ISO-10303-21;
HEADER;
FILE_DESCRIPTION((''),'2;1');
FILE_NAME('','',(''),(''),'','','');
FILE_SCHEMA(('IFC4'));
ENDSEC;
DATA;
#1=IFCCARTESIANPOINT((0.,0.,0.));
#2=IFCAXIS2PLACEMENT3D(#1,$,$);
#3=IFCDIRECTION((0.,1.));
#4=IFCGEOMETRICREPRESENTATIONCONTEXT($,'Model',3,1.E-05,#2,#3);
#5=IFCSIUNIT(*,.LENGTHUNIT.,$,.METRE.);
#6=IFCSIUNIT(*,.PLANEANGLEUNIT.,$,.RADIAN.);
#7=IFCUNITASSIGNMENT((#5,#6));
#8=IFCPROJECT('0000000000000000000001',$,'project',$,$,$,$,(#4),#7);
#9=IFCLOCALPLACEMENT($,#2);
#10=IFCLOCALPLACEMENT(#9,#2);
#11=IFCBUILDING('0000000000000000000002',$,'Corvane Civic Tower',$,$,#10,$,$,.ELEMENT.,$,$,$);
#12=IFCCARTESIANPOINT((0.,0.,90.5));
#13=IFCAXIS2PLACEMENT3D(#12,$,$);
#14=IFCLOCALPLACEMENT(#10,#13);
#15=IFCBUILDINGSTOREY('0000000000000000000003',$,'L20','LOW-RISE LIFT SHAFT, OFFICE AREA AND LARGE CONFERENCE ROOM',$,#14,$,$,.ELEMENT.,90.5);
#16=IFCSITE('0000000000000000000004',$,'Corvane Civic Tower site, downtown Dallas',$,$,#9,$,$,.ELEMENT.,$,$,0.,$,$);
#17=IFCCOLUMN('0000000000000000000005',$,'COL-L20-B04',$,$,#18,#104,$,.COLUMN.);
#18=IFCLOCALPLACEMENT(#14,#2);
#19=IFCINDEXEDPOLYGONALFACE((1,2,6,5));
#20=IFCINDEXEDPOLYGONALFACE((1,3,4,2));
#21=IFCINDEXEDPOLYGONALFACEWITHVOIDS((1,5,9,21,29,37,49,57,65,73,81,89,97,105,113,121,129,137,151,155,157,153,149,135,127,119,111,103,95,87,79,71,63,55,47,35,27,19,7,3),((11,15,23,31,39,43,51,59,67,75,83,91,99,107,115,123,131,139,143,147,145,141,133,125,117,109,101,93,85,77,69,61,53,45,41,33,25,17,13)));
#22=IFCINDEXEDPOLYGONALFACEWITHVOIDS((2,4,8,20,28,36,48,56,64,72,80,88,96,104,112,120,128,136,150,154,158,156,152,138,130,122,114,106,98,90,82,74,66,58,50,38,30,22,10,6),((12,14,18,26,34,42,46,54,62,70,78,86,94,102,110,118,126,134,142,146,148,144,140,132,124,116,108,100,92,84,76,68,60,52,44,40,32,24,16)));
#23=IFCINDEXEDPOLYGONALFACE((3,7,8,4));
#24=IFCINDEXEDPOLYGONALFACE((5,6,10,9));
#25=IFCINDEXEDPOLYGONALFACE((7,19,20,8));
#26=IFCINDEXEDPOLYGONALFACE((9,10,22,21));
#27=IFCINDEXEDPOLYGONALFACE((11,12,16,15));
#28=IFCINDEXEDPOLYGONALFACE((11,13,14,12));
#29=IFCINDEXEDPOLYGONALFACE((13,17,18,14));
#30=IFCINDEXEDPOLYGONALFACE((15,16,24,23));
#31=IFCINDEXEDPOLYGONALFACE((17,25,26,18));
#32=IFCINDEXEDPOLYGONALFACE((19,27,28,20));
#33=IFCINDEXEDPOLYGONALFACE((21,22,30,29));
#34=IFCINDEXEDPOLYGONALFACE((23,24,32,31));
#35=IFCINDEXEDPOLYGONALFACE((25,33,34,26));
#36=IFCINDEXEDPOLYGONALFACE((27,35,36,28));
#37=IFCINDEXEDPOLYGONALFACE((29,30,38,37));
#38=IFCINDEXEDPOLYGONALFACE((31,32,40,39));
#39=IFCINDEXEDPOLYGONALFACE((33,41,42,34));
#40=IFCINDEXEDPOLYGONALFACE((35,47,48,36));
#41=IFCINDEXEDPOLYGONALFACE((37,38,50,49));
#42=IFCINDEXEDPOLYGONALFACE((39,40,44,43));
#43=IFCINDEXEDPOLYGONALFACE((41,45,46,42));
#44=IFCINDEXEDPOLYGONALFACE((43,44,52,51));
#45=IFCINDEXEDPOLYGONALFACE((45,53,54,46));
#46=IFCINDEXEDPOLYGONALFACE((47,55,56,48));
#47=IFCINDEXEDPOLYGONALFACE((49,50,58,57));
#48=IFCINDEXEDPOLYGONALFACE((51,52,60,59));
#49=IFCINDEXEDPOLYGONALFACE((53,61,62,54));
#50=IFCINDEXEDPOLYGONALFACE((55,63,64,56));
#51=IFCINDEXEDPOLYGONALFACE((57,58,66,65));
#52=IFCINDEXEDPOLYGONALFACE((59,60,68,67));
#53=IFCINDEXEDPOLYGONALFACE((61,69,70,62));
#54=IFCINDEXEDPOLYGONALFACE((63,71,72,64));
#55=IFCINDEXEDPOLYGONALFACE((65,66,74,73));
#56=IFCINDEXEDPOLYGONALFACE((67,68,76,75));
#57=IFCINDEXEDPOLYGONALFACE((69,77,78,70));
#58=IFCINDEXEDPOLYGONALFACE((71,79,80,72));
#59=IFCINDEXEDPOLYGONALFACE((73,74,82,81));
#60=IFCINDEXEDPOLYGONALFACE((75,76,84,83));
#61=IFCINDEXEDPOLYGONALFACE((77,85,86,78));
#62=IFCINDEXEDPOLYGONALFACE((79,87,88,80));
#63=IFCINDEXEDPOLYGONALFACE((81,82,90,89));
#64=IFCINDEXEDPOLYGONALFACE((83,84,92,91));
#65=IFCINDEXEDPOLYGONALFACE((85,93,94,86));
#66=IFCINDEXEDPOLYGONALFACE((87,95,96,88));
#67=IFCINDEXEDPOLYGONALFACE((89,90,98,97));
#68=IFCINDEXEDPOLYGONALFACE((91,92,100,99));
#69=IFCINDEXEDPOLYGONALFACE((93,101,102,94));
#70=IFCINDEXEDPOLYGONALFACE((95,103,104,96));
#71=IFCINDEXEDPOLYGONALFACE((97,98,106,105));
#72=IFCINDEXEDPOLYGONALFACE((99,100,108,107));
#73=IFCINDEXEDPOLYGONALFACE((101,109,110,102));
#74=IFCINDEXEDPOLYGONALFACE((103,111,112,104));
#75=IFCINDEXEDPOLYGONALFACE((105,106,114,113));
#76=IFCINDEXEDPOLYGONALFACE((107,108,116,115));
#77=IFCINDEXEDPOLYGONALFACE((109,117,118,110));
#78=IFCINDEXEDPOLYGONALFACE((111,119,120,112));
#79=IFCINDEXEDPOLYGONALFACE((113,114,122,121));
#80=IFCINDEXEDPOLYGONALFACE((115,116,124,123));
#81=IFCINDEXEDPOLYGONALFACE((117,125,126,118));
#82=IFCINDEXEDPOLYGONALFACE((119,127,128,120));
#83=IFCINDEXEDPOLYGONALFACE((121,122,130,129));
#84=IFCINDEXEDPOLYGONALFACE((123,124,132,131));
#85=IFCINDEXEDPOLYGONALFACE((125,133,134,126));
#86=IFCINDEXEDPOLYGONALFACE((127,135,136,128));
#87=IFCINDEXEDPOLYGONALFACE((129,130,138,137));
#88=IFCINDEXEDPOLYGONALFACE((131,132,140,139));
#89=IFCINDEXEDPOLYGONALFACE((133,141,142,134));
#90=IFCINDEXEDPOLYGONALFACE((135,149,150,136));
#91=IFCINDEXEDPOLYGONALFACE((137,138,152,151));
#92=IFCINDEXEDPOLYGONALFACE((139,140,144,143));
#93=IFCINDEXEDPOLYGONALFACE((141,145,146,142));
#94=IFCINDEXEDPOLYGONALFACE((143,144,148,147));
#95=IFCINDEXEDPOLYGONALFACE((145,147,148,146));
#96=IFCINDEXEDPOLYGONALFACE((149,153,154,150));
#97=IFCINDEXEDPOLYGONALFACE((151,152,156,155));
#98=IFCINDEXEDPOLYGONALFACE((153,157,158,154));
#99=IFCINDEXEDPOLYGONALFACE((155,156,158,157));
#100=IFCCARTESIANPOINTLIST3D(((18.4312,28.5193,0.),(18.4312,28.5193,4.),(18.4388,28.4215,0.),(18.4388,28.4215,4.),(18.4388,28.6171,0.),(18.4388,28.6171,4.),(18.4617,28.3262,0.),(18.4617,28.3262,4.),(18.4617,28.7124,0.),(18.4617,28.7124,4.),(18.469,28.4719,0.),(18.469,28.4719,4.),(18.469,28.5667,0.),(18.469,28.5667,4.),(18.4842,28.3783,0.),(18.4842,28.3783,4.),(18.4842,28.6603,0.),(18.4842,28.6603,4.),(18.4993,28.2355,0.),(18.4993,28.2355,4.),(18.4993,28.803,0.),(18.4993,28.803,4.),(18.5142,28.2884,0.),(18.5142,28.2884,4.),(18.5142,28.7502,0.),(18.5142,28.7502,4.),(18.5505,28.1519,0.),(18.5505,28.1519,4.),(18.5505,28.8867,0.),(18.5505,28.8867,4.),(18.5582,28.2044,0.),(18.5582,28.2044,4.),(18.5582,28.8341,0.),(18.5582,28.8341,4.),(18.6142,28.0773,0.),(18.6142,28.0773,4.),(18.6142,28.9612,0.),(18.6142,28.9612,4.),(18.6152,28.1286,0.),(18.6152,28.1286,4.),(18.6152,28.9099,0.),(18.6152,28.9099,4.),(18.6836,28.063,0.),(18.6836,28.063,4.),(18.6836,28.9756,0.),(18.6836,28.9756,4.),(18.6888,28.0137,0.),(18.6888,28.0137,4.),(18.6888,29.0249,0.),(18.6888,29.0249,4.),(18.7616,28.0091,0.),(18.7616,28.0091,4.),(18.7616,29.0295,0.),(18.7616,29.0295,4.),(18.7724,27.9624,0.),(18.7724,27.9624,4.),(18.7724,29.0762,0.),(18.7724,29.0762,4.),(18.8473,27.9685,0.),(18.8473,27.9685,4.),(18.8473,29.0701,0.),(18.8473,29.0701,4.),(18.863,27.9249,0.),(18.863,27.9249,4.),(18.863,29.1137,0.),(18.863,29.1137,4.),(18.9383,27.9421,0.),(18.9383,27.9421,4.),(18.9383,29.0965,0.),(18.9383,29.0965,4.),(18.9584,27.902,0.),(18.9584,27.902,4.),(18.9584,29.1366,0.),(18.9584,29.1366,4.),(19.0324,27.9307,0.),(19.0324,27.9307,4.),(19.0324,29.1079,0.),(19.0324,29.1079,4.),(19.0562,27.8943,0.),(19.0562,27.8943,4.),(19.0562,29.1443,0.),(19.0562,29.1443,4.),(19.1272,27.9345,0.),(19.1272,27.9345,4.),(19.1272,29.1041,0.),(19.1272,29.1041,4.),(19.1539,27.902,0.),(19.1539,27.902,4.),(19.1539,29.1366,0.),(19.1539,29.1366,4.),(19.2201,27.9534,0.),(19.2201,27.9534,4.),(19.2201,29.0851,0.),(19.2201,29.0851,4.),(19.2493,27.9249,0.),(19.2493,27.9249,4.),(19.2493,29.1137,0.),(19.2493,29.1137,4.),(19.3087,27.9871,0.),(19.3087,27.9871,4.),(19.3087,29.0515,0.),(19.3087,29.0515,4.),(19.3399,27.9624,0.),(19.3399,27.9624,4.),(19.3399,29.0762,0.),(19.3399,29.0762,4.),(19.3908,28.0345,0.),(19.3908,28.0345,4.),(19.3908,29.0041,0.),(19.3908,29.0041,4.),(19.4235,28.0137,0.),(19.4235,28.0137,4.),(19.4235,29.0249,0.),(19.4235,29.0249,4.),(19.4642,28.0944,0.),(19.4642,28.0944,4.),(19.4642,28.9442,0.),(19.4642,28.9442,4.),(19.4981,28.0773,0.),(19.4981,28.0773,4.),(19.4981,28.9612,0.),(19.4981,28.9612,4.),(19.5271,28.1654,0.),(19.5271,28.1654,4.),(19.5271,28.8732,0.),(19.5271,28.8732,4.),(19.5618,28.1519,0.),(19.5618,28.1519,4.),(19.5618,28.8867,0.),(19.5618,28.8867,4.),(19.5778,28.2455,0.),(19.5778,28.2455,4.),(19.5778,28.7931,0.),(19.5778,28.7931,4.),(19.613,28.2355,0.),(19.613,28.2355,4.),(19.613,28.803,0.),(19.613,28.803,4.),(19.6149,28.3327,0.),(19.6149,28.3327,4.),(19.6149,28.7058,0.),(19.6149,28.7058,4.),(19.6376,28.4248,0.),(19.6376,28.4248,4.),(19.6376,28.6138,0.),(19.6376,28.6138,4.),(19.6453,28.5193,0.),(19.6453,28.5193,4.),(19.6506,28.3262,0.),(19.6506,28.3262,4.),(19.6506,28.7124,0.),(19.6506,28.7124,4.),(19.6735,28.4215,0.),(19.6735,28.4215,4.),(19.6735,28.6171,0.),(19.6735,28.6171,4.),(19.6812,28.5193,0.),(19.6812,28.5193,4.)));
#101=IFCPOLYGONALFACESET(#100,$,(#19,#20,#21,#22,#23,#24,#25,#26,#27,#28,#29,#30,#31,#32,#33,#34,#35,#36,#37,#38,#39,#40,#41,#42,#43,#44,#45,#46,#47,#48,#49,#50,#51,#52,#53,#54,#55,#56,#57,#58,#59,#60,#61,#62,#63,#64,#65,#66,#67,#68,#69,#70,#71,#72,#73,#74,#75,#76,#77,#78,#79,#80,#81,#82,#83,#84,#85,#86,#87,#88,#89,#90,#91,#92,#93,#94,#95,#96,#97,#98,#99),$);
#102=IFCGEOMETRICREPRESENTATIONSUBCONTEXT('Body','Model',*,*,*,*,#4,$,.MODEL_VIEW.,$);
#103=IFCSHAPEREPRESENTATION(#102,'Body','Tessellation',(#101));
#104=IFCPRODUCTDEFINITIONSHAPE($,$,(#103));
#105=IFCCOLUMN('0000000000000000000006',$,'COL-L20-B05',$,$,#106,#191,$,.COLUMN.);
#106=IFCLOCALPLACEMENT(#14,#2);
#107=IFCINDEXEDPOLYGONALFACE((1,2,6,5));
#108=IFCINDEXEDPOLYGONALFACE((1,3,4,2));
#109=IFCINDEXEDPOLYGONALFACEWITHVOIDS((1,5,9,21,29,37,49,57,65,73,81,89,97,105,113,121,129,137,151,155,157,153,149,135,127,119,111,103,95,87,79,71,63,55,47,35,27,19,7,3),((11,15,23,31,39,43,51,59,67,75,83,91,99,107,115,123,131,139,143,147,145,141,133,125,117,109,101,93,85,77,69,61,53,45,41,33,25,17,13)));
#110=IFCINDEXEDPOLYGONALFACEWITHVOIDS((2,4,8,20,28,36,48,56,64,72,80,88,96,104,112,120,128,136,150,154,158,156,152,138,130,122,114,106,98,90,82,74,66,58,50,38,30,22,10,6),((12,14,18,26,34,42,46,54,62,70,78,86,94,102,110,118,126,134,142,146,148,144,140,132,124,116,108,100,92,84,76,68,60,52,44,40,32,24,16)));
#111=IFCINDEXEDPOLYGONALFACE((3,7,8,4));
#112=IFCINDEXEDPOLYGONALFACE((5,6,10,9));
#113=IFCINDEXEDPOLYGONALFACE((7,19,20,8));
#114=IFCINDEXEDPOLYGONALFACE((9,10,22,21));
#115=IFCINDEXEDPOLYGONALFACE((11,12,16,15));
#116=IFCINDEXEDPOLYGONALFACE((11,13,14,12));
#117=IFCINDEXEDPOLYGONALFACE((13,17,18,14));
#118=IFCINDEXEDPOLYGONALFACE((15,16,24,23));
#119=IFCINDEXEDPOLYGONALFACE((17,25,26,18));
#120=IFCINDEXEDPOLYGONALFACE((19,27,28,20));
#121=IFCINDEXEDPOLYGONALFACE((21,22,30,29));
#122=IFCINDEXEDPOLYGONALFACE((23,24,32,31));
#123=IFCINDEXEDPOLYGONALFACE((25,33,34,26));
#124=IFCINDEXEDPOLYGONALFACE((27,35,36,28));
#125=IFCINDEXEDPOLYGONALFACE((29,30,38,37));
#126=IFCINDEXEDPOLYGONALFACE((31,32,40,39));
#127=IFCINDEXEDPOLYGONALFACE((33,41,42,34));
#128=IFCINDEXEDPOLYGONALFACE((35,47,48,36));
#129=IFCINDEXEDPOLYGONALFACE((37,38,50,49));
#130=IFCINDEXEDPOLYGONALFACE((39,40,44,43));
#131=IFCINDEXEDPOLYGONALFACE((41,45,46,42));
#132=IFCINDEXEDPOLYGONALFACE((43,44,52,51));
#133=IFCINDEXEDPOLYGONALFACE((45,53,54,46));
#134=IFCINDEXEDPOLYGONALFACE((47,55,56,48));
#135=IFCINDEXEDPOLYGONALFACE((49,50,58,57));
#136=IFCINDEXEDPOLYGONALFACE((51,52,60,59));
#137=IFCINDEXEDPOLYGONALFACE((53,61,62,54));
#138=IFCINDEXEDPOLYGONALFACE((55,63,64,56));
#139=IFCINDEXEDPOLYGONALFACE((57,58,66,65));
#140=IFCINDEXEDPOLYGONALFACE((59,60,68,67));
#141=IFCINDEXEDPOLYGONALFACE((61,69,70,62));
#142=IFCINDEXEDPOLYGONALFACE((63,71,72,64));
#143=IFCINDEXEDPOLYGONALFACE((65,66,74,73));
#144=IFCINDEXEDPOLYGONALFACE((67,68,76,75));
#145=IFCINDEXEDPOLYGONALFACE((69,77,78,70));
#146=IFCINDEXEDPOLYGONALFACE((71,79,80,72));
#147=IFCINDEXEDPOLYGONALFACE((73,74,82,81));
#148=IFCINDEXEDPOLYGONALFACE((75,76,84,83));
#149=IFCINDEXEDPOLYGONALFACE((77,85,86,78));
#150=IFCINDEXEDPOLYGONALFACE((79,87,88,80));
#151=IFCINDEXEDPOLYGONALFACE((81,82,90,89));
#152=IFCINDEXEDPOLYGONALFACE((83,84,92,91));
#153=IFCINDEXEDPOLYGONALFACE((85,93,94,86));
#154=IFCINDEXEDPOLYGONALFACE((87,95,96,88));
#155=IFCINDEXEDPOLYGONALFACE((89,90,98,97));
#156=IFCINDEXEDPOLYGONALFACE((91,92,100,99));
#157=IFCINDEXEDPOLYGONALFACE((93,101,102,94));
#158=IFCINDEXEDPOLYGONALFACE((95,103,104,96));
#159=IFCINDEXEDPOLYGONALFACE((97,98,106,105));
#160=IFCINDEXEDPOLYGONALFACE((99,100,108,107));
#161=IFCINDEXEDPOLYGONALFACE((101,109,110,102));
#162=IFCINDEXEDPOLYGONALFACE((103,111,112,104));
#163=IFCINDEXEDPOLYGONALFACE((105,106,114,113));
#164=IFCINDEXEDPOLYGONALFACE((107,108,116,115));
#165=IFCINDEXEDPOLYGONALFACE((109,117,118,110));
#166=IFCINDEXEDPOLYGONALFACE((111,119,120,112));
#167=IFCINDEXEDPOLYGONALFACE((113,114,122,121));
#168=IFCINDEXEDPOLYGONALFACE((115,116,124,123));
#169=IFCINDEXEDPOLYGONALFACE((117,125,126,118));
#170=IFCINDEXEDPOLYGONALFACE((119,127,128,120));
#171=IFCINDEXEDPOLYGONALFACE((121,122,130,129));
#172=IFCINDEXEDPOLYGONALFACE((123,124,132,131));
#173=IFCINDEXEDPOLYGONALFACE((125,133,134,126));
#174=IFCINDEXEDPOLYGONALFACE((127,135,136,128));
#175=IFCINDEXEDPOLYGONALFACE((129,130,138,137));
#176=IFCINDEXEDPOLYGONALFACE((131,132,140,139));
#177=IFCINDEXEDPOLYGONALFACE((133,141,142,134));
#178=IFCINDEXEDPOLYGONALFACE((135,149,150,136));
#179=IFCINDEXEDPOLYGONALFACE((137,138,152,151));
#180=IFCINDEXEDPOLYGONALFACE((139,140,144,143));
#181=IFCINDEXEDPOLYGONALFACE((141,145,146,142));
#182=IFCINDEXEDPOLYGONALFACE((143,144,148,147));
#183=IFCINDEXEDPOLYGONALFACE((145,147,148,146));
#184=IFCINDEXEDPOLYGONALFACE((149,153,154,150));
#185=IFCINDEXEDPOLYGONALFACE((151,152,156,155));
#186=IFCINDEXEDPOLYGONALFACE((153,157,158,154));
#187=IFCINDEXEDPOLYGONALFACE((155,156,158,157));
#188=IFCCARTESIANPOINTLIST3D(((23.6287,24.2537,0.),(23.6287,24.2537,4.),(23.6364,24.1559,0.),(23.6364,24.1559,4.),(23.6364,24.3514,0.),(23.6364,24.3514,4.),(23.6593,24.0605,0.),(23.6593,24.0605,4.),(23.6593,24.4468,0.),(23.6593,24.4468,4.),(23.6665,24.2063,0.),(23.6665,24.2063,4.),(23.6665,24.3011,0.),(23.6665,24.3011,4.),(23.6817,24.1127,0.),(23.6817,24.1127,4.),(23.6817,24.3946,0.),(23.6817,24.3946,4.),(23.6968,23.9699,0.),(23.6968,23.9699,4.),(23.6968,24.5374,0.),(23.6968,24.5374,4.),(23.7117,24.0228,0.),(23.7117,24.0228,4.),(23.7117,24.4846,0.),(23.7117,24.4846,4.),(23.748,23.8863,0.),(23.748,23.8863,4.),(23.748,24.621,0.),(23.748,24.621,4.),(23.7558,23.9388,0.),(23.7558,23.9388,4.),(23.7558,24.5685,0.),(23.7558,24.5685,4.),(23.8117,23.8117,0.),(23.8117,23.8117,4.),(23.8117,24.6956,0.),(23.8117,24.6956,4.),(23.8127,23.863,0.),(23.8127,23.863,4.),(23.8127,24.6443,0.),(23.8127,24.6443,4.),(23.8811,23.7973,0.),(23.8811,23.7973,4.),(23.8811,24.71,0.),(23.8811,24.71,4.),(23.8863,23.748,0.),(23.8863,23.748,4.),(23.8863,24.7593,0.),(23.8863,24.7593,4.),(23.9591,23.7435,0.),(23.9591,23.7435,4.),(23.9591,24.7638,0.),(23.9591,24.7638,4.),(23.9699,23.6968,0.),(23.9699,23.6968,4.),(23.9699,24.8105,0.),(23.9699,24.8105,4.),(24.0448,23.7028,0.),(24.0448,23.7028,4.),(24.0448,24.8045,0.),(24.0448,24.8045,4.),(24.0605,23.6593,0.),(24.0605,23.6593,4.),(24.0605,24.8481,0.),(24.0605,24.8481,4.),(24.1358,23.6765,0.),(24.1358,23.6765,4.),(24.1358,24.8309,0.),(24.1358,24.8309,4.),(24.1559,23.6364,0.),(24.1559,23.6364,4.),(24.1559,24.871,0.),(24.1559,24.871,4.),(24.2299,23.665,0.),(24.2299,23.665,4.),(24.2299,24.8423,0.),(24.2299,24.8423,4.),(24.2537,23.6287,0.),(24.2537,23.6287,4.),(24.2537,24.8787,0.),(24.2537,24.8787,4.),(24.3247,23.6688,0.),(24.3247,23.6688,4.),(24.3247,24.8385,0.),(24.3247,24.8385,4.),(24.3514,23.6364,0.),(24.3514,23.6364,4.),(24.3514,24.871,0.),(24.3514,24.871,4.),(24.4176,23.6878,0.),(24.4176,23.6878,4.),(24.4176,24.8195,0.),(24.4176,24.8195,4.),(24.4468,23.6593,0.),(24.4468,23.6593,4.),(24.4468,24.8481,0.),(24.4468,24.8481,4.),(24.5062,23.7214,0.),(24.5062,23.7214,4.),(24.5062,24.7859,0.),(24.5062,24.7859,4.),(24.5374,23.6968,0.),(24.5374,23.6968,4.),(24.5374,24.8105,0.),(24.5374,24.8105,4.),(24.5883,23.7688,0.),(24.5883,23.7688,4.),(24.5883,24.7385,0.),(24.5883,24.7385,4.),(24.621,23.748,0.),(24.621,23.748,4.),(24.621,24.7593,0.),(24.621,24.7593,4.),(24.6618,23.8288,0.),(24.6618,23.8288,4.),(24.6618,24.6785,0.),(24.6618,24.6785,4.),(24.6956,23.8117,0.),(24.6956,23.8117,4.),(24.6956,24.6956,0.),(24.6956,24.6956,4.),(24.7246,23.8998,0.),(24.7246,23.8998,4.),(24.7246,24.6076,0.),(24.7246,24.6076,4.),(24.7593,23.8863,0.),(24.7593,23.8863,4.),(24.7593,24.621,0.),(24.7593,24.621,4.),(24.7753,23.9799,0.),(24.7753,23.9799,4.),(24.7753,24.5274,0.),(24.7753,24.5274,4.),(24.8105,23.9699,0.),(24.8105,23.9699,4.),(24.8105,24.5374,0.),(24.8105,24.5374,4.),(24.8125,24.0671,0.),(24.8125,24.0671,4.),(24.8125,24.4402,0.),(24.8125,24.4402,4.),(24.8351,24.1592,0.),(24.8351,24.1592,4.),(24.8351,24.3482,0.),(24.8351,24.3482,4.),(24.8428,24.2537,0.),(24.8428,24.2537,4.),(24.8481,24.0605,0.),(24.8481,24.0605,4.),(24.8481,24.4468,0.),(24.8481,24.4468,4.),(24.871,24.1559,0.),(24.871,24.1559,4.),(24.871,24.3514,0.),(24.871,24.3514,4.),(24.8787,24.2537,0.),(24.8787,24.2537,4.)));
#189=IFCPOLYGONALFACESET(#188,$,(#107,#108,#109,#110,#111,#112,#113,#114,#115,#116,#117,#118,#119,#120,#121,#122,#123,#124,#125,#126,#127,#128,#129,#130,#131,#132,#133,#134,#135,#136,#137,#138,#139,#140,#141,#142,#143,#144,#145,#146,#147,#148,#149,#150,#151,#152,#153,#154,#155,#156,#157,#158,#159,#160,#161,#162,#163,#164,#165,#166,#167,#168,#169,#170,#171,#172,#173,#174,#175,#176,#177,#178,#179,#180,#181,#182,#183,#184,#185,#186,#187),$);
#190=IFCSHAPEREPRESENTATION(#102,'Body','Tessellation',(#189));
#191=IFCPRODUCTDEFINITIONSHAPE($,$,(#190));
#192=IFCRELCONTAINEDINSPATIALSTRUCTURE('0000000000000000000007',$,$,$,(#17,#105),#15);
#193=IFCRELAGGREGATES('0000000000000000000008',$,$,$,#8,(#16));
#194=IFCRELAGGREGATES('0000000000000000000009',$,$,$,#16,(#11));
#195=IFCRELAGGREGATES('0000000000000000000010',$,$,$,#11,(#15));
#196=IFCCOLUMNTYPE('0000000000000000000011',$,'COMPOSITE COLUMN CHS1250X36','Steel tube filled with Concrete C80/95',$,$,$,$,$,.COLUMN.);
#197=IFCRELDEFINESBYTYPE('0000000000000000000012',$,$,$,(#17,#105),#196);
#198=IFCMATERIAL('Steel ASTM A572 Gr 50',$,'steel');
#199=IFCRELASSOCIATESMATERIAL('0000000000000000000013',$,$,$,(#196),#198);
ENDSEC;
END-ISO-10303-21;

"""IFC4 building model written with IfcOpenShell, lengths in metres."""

from ifc_helpers import new_model, si_unit, direction, frame, origin, origin_2d, place, context, subcontext, project, spatial, hollow_circle, extrude, material, material_profile, profile_set, type_object, element, save


model = new_model("IFC4")

# Units and contexts
model_context = context("Model", 3, precision=1e-05, world=origin(), true_north=direction((0.0, 1.0)))
body_context = subcontext(model_context, "Body", "Model", "MODEL_VIEW")
ifc_project = project(units=[si_unit("LENGTHUNIT", "METRE"), si_unit("PLANEANGLEUNIT", "RADIAN")], contexts=[model_context])

# Site, building, storey
site_placement = place(None, origin())
site = spatial("IfcSite", under=ifc_project, at=site_placement, Name="Corvane Civic Tower site, downtown Dallas", CompositionType="ELEMENT", RefElevation=0.0)
building_placement = place(site_placement, origin())
building = spatial("IfcBuilding", under=site, at=building_placement, Name="Corvane Civic Tower", CompositionType="ELEMENT")
storey_placement = place(building_placement, frame((0.0, 0.0, 90.5)))
storey = spatial("IfcBuildingStorey", under=building, at=storey_placement, Name="L20", Description="LOW-RISE LIFT SHAFT, OFFICE AREA AND LARGE CONFERENCE ROOM", CompositionType="ELEMENT", Elevation=90.5)

# Columns
ifc_material_1 = material(Name="Steel ASTM A572 Gr 50", Category="steel")
ifc_material_profile_1 = material_profile(ifc_material_1, hollow_circle(Radius=0.625, WallThickness=0.0359, at=origin_2d()), Name="CHS1250X36")
ifc_profile_set_1 = profile_set([ifc_material_profile_1], Name="Steel ASTM A572 Gr 50")
column_type = type_object("IfcColumnType", Name="COMPOSITE COLUMN CHS1250X36", Description="Steel tube filled with Concrete C80/95", PredefinedType="COLUMN", material=ifc_profile_set_1)
for number, where, z_axis, x_axis, name in (
    (1, (19.0562, 28.5193, 0.0), (0.0, 0.0, 1.0), (1.0, 0.0, 0.0), "COL-L20-B04"),
    (2, (24.2537, 24.2537, 0.0), (0.0, 0.0, 1.0), (1.0, 0.0, 0.0), "COL-L20-B05"),
):
    element("IfcColumn", number, at=place(storey_placement, frame(where, z_axis=z_axis, x_axis=x_axis)), inside=storey, type_object=column_type, Name=name, PredefinedType="COLUMN", context=body_context, shape_type="SweptSolid", body=[
        extrude(hollow_circle(Radius=0.625, WallThickness=0.0359, at=origin_2d()), origin(), (0.0, 0.0, 1.0), 4.0),
    ])

save(model, "model.ifc")
